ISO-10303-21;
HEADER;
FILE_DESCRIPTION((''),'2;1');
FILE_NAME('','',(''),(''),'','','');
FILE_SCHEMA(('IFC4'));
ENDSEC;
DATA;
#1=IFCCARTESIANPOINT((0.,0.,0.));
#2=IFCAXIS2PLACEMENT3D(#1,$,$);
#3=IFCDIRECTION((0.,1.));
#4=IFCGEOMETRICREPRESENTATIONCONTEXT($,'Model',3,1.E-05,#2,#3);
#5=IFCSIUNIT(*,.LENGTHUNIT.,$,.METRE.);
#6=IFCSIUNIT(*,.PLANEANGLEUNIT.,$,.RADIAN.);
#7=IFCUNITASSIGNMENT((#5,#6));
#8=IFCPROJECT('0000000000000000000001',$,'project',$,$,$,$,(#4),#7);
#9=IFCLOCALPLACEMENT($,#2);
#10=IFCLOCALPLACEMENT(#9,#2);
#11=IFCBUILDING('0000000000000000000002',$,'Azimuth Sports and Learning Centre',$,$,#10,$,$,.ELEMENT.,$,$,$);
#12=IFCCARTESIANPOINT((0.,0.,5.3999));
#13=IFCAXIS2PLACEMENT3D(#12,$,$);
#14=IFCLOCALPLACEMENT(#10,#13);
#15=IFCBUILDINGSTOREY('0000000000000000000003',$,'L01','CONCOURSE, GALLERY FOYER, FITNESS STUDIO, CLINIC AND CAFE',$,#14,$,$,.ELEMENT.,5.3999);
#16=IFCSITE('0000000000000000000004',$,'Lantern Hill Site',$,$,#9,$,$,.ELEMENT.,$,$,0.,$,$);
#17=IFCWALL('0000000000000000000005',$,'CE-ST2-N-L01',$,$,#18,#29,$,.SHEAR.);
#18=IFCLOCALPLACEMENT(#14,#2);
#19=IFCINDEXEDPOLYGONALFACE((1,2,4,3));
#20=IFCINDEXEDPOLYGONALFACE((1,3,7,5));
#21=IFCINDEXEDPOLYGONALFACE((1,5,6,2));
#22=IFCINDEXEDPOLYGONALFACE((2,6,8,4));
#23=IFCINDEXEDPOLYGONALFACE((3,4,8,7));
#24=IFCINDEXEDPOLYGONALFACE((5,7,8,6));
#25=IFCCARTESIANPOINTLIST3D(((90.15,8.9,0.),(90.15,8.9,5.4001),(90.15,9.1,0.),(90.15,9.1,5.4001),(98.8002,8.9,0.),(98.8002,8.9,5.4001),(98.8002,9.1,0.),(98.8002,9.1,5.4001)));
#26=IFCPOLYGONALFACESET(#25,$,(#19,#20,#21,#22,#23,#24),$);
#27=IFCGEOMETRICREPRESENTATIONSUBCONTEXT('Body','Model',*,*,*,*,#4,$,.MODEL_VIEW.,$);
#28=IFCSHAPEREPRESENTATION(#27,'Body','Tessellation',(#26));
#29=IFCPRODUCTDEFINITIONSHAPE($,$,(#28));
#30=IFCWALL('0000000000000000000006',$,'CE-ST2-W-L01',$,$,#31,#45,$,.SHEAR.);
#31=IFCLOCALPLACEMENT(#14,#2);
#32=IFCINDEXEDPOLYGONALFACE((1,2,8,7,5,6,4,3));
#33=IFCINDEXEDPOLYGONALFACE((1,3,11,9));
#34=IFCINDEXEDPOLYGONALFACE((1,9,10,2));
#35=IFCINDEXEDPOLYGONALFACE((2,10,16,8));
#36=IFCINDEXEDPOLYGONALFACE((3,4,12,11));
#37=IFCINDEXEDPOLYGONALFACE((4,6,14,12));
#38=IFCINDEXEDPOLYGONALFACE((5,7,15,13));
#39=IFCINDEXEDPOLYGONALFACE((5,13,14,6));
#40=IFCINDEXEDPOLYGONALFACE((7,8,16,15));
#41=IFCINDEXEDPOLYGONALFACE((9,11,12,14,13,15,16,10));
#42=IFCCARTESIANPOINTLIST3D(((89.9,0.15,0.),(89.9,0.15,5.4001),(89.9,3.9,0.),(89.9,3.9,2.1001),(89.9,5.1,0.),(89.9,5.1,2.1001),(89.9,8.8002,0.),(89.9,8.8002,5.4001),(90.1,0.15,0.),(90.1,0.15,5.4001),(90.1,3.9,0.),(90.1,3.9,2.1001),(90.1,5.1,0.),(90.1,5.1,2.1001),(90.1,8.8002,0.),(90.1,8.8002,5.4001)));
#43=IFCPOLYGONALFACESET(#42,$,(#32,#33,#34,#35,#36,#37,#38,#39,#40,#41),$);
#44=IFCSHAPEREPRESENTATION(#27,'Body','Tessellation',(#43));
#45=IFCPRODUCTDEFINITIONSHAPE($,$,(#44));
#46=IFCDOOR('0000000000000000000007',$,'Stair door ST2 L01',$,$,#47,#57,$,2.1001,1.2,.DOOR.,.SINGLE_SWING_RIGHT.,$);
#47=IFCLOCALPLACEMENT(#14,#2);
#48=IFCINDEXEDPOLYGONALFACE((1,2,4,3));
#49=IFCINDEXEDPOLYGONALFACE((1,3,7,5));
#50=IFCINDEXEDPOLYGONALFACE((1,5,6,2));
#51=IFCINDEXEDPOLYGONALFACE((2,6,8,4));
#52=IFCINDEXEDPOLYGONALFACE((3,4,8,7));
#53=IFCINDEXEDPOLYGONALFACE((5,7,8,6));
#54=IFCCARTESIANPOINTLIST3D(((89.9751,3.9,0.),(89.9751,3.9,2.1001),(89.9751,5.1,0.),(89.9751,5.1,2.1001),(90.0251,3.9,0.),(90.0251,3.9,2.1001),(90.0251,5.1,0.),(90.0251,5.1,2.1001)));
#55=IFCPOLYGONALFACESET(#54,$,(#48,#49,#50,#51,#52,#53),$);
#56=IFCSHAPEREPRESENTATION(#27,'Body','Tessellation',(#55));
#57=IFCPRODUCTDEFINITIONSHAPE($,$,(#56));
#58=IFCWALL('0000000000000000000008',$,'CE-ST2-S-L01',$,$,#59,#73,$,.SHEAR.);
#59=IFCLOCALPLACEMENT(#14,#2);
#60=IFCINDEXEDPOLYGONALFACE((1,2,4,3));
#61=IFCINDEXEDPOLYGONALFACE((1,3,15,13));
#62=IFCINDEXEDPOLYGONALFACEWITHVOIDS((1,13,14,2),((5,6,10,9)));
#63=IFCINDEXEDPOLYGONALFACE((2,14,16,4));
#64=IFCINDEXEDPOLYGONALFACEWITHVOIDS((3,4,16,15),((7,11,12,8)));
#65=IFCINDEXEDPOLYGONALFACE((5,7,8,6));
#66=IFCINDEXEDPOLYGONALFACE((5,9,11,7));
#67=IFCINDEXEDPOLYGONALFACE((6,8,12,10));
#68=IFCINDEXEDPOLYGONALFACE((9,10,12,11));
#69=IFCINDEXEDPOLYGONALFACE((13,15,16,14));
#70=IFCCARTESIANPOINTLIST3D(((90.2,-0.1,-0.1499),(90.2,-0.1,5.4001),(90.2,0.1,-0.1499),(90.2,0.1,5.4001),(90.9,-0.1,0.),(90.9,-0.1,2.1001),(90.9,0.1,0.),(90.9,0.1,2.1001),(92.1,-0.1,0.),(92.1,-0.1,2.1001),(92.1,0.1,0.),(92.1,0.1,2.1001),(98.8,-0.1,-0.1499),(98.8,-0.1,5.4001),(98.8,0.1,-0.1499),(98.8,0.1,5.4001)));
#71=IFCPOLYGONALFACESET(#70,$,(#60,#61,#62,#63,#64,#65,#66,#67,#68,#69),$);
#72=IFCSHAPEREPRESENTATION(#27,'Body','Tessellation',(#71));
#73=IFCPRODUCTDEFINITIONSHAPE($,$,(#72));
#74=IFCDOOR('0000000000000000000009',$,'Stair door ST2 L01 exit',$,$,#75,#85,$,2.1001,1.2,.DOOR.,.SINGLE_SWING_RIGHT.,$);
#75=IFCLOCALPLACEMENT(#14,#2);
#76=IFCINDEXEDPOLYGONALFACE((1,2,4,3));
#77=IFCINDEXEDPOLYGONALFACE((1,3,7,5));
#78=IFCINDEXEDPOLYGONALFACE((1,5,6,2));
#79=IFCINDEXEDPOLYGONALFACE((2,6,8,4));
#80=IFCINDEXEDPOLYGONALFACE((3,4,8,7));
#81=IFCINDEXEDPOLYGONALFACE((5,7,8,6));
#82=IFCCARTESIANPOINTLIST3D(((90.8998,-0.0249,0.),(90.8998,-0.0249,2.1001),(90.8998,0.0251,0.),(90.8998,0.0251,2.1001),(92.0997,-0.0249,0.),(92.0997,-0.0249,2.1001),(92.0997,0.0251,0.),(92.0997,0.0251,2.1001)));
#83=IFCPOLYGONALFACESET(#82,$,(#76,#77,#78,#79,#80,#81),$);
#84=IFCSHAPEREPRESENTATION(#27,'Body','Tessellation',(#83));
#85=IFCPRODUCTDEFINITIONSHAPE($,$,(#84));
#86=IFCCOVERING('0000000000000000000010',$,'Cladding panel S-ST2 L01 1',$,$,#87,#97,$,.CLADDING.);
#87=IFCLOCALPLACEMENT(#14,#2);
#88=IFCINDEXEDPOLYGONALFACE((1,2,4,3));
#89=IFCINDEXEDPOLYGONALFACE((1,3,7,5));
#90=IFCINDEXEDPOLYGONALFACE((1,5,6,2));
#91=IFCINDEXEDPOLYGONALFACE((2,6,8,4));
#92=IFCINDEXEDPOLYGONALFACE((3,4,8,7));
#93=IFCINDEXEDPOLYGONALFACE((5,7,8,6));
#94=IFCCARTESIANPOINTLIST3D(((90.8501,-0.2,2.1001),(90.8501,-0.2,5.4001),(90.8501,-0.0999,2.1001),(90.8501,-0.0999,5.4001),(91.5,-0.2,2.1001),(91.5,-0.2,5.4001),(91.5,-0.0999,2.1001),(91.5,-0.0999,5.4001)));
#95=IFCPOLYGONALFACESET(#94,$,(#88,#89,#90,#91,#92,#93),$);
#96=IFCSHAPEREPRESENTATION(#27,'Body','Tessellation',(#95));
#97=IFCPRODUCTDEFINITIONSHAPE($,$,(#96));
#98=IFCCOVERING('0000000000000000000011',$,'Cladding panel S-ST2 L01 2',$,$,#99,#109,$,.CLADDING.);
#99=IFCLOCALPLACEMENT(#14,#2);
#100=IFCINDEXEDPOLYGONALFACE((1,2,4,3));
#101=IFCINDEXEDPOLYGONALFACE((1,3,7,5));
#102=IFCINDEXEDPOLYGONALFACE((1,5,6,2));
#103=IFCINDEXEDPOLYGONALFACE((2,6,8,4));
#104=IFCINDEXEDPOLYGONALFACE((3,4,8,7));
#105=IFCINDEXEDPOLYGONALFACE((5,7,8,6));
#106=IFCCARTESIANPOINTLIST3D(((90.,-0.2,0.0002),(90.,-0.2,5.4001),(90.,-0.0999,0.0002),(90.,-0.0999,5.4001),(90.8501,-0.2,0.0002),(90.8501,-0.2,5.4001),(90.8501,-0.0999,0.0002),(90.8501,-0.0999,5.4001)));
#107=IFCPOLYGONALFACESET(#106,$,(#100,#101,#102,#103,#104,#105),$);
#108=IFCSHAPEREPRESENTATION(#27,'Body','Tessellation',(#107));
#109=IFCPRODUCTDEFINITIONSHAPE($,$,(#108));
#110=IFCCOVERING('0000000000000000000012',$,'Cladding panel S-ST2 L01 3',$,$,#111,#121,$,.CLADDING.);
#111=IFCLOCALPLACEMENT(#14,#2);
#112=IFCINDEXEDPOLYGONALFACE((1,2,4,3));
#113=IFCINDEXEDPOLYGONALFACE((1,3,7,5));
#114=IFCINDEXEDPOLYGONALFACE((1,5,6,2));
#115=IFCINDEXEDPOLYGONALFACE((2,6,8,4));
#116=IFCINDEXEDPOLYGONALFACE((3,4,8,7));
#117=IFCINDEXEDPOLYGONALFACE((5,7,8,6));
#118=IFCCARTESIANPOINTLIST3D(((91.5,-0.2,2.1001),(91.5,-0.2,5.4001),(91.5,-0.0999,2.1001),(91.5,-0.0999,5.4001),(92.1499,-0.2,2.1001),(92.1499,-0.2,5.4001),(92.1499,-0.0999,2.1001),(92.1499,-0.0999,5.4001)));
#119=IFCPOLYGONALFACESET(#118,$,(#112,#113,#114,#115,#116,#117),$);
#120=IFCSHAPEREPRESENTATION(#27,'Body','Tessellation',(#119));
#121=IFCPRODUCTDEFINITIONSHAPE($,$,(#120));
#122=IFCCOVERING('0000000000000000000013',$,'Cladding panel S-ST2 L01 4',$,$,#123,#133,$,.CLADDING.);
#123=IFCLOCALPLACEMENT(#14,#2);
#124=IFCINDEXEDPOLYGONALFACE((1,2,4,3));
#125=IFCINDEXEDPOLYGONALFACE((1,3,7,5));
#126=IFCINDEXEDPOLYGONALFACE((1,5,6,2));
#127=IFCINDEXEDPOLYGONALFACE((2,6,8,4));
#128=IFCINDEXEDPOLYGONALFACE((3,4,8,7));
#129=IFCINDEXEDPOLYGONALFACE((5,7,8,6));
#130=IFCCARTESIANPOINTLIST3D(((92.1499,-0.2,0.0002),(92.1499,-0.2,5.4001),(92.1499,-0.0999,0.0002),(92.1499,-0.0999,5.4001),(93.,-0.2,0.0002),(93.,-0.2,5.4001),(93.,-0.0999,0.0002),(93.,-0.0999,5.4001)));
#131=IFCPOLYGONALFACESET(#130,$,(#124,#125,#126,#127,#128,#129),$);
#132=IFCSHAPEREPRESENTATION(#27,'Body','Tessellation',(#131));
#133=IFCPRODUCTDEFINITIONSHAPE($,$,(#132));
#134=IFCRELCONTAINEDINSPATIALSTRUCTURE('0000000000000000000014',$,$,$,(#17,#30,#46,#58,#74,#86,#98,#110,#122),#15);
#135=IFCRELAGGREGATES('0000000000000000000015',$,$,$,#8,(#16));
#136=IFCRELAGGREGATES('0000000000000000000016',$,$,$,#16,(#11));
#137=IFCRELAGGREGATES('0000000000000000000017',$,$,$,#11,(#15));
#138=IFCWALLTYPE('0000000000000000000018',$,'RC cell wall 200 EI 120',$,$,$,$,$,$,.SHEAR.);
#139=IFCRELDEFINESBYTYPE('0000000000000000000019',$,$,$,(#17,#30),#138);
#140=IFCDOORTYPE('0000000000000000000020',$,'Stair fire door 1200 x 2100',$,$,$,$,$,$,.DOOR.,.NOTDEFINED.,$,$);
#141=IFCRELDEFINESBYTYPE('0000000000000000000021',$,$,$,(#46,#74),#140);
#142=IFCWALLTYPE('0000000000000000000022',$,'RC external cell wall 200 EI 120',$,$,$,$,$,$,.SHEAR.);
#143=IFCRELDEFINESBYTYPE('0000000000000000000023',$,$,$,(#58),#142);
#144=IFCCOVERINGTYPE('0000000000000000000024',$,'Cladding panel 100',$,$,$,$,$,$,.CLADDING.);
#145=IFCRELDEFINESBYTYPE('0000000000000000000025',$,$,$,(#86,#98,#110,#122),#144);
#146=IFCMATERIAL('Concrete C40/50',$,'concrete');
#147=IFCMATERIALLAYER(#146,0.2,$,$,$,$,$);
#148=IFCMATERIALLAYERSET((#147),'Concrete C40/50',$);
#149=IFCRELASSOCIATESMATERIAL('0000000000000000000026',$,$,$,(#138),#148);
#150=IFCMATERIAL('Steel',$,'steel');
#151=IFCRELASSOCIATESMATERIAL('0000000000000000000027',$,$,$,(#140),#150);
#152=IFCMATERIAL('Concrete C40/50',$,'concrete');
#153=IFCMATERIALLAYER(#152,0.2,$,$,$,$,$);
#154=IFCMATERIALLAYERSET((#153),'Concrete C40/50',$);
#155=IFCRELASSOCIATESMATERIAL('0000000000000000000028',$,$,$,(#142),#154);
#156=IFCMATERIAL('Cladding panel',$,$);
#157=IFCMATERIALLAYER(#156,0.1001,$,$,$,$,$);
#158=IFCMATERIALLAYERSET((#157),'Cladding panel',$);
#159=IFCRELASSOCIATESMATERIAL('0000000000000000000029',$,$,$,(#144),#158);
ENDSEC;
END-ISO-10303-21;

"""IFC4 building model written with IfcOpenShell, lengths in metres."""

from ifc_helpers import new_model, si_unit, direction, frame, frame_2d, origin, origin_2d, place, context, subcontext, project, spatial, rectangle, extrude, material, layer, layer_set, type_object, element, fill, save


model = new_model("IFC4")

# Units and contexts
model_context = context("Model", 3, precision=1e-05, world=origin(), true_north=direction((0.0, 1.0)))
body_context = subcontext(model_context, "Body", "Model", "MODEL_VIEW")
ifc_project = project(units=[si_unit("LENGTHUNIT", "METRE"), si_unit("PLANEANGLEUNIT", "RADIAN")], contexts=[model_context])

# Site, building, storey
site_placement = place(None, origin())
site = spatial("IfcSite", under=ifc_project, at=site_placement, Name="Lantern Hill Site", CompositionType="ELEMENT", RefElevation=0.0)
building_placement = place(site_placement, origin())
building = spatial("IfcBuilding", under=site, at=building_placement, Name="Azimuth Sports and Learning Centre", CompositionType="ELEMENT")
storey_placement = place(building_placement, frame((0.0, 0.0, 5.3999)))
storey = spatial("IfcBuildingStorey", under=building, at=storey_placement, Name="L01", Description="CONCOURSE, GALLERY FOYER, FITNESS STUDIO, CLINIC AND CAFE", CompositionType="ELEMENT", Elevation=5.3999)

# Wall
ifc_material_1 = material(Name="Concrete C40/50", Category="concrete")
ifc_layer_1 = layer(ifc_material_1, 0.2)
ifc_layer_set_1 = layer_set([ifc_layer_1], Name="Concrete C40/50")
wall_type_1 = type_object("IfcWallType", Name="RC cell wall 200 EI 120", PredefinedType="SHEAR", material=ifc_layer_set_1)
wall_1_placement = place(storey_placement, frame((90.1499, 9.0, 0.0), z_axis=(0.0, 0.0, 1.0), x_axis=(1.0, 0.0, 0.0)))
element("IfcWall", 1, at=wall_1_placement, inside=storey, type_object=wall_type_1, Name="CE-ST2-N-L01", PredefinedType="SHEAR", context=body_context, shape_type="SweptSolid", body=[
    extrude(rectangle(XDim=8.6501, YDim=0.2, at=frame_2d((4.3252, 0.0))), origin(), (0.0, 0.0, 1.0), 5.4001),
])

# Walls, openings, doors
wall_2_placement = place(storey_placement, frame((90.0, 0.1499, 0.0), z_axis=(0.0, 0.0, 1.0), x_axis=(0.0, 1.0, 0.0)))
wall_2 = element("IfcWall", 2, at=wall_2_placement, inside=storey, type_object=wall_type_1, Name="CE-ST2-W-L01", PredefinedType="SHEAR", context=body_context, shape_type="SweptSolid", body=[
    extrude(rectangle(XDim=8.6501, YDim=0.2, at=frame_2d((4.3252, 0.0))), origin(), (0.0, 0.0, 1.0), 5.4001),
])
opening_1_placement = place(wall_2_placement, frame((3.75, 0.0, 0.0)))
opening_1 = element("IfcOpeningElement", 3, at=opening_1_placement, cuts=wall_2, PredefinedType="OPENING", context=body_context, shape_type="SweptSolid", body=[
    extrude(rectangle(XDim=1.2, YDim=2.1001, at=frame_2d((0.6001, 1.05))), frame((0.0, 0.1108, 0.0), z_axis=(0.0, -1.0, 0.0), x_axis=(1.0, 0.0, 0.0)), (0.0, 0.0, 1.0), 0.2219),
])
ifc_material_2 = material(Name="Steel", Category="steel")
door_type_1 = type_object("IfcDoorType", Name="Stair fire door 1200 x 2100", OperationType="NOTDEFINED", PredefinedType="DOOR", material=ifc_material_2)
door_1_placement = place(opening_1_placement, origin())
door_1 = element("IfcDoor", 4, at=door_1_placement, inside=storey, type_object=door_type_1, Name="Stair door ST2 L01", OperationType="SINGLE_SWING_RIGHT", OverallHeight=2.1001, OverallWidth=1.2, PredefinedType="DOOR", context=body_context, shape_type="SweptSolid", body=[
    extrude(rectangle(XDim=1.2, YDim=2.1001, at=frame_2d((0.6001, 1.05))), frame((0.0, 0.0249, 0.0), z_axis=(0.0, -1.0, 0.0), x_axis=(1.0, 0.0, 0.0)), (0.0, 0.0, 1.0), 0.05),
])
fill(opening_1, door_1)
ifc_material_3 = material(Name="Concrete C40/50", Category="concrete")
ifc_layer_2 = layer(ifc_material_3, 0.2)
ifc_layer_set_2 = layer_set([ifc_layer_2], Name="Concrete C40/50")
wall_type_2 = type_object("IfcWallType", Name="RC external cell wall 200 EI 120", PredefinedType="SHEAR", material=ifc_layer_set_2)
wall_3_placement = place(storey_placement, frame((90.2, 0.0, -0.1499), z_axis=(0.0, 0.0, 1.0), x_axis=(1.0, 0.0, 0.0)))
wall_3 = element("IfcWall", 5, at=wall_3_placement, inside=storey, type_object=wall_type_2, Name="CE-ST2-S-L01", PredefinedType="SHEAR", context=body_context, shape_type="SweptSolid", body=[
    extrude(rectangle(XDim=8.6001, YDim=0.2, at=frame_2d((4.3, 0.0))), origin(), (0.0, 0.0, 1.0), 5.55),
])
opening_2_placement = place(wall_3_placement, frame((0.7, 0.0, 0.1499)))
opening_2 = element("IfcOpeningElement", 6, at=opening_2_placement, cuts=wall_3, PredefinedType="OPENING", context=body_context, shape_type="SweptSolid", body=[
    extrude(rectangle(XDim=1.2, YDim=2.1001, at=frame_2d((0.6001, 1.05))), frame((0.0, 0.1108, 0.0), z_axis=(0.0, -1.0, 0.0), x_axis=(1.0, 0.0, 0.0)), (0.0, 0.0, 1.0), 0.2219),
])
door_2_placement = place(opening_2_placement, frame((1.2, 0.0, 0.0), z_axis=(0.0, 0.0, 1.0), x_axis=(-1.0, 0.0, 0.0)))
door_2 = element("IfcDoor", 7, at=door_2_placement, inside=storey, type_object=door_type_1, Name="Stair door ST2 L01 exit", OperationType="SINGLE_SWING_RIGHT", OverallHeight=2.1001, OverallWidth=1.2, PredefinedType="DOOR", context=body_context, shape_type="SweptSolid", body=[
    extrude(rectangle(XDim=1.2, YDim=2.1001, at=frame_2d((0.6001, 1.05))), frame((0.0, 0.0249, 0.0), z_axis=(0.0, -1.0, 0.0), x_axis=(1.0, 0.0, 0.0)), (0.0, 0.0, 1.0), 0.05),
])
fill(opening_2, door_2)

# Coverings
ifc_material_4 = material(Name="Cladding panel")
ifc_layer_3 = layer(ifc_material_4, 0.1001)
ifc_layer_set_3 = layer_set([ifc_layer_3], Name="Cladding panel")
covering_type = type_object("IfcCoveringType", Name="Cladding panel 100", PredefinedType="CLADDING", material=ifc_layer_set_3)
covering_1_placement = place(storey_placement, frame((91.175, -0.1499, 2.1001), z_axis=(0.0, 0.0, 1.0), x_axis=(1.0, 0.0, 0.0)))
element("IfcCovering", 8, at=covering_1_placement, inside=storey, type_object=covering_type, Name="Cladding panel S-ST2 L01 1", PredefinedType="CLADDING", context=body_context, shape_type="SweptSolid", body=[
    extrude(rectangle(XDim=0.6499, YDim=0.1001, at=origin_2d()), origin(), (0.0, 0.0, 1.0), 3.3),
])
covering_2_placement = place(storey_placement, frame((90.425, -0.1499, 0.0002), z_axis=(0.0, 0.0, 1.0), x_axis=(1.0, 0.0, 0.0)))
element("IfcCovering", 9, at=covering_2_placement, inside=storey, type_object=covering_type, Name="Cladding panel S-ST2 L01 2", PredefinedType="CLADDING", context=body_context, shape_type="SweptSolid", body=[
    extrude(rectangle(XDim=0.8501, YDim=0.1001, at=origin_2d()), origin(), (0.0, 0.0, 1.0), 5.3999),
])
covering_3_placement = place(storey_placement, frame((91.825, -0.1499, 2.1001), z_axis=(0.0, 0.0, 1.0), x_axis=(1.0, 0.0, 0.0)))
element("IfcCovering", 10, at=covering_3_placement, inside=storey, type_object=covering_type, Name="Cladding panel S-ST2 L01 3", PredefinedType="CLADDING", context=body_context, shape_type="SweptSolid", body=[
    extrude(rectangle(XDim=0.6499, YDim=0.1001, at=origin_2d()), origin(), (0.0, 0.0, 1.0), 3.3),
])
covering_4_placement = place(storey_placement, frame((92.575, -0.1499, 0.0002), z_axis=(0.0, 0.0, 1.0), x_axis=(1.0, 0.0, 0.0)))
element("IfcCovering", 11, at=covering_4_placement, inside=storey, type_object=covering_type, Name="Cladding panel S-ST2 L01 4", PredefinedType="CLADDING", context=body_context, shape_type="SweptSolid", body=[
    extrude(rectangle(XDim=0.8501, YDim=0.1001, at=origin_2d()), origin(), (0.0, 0.0, 1.0), 5.3999),
])

save(model, "model.ifc")
